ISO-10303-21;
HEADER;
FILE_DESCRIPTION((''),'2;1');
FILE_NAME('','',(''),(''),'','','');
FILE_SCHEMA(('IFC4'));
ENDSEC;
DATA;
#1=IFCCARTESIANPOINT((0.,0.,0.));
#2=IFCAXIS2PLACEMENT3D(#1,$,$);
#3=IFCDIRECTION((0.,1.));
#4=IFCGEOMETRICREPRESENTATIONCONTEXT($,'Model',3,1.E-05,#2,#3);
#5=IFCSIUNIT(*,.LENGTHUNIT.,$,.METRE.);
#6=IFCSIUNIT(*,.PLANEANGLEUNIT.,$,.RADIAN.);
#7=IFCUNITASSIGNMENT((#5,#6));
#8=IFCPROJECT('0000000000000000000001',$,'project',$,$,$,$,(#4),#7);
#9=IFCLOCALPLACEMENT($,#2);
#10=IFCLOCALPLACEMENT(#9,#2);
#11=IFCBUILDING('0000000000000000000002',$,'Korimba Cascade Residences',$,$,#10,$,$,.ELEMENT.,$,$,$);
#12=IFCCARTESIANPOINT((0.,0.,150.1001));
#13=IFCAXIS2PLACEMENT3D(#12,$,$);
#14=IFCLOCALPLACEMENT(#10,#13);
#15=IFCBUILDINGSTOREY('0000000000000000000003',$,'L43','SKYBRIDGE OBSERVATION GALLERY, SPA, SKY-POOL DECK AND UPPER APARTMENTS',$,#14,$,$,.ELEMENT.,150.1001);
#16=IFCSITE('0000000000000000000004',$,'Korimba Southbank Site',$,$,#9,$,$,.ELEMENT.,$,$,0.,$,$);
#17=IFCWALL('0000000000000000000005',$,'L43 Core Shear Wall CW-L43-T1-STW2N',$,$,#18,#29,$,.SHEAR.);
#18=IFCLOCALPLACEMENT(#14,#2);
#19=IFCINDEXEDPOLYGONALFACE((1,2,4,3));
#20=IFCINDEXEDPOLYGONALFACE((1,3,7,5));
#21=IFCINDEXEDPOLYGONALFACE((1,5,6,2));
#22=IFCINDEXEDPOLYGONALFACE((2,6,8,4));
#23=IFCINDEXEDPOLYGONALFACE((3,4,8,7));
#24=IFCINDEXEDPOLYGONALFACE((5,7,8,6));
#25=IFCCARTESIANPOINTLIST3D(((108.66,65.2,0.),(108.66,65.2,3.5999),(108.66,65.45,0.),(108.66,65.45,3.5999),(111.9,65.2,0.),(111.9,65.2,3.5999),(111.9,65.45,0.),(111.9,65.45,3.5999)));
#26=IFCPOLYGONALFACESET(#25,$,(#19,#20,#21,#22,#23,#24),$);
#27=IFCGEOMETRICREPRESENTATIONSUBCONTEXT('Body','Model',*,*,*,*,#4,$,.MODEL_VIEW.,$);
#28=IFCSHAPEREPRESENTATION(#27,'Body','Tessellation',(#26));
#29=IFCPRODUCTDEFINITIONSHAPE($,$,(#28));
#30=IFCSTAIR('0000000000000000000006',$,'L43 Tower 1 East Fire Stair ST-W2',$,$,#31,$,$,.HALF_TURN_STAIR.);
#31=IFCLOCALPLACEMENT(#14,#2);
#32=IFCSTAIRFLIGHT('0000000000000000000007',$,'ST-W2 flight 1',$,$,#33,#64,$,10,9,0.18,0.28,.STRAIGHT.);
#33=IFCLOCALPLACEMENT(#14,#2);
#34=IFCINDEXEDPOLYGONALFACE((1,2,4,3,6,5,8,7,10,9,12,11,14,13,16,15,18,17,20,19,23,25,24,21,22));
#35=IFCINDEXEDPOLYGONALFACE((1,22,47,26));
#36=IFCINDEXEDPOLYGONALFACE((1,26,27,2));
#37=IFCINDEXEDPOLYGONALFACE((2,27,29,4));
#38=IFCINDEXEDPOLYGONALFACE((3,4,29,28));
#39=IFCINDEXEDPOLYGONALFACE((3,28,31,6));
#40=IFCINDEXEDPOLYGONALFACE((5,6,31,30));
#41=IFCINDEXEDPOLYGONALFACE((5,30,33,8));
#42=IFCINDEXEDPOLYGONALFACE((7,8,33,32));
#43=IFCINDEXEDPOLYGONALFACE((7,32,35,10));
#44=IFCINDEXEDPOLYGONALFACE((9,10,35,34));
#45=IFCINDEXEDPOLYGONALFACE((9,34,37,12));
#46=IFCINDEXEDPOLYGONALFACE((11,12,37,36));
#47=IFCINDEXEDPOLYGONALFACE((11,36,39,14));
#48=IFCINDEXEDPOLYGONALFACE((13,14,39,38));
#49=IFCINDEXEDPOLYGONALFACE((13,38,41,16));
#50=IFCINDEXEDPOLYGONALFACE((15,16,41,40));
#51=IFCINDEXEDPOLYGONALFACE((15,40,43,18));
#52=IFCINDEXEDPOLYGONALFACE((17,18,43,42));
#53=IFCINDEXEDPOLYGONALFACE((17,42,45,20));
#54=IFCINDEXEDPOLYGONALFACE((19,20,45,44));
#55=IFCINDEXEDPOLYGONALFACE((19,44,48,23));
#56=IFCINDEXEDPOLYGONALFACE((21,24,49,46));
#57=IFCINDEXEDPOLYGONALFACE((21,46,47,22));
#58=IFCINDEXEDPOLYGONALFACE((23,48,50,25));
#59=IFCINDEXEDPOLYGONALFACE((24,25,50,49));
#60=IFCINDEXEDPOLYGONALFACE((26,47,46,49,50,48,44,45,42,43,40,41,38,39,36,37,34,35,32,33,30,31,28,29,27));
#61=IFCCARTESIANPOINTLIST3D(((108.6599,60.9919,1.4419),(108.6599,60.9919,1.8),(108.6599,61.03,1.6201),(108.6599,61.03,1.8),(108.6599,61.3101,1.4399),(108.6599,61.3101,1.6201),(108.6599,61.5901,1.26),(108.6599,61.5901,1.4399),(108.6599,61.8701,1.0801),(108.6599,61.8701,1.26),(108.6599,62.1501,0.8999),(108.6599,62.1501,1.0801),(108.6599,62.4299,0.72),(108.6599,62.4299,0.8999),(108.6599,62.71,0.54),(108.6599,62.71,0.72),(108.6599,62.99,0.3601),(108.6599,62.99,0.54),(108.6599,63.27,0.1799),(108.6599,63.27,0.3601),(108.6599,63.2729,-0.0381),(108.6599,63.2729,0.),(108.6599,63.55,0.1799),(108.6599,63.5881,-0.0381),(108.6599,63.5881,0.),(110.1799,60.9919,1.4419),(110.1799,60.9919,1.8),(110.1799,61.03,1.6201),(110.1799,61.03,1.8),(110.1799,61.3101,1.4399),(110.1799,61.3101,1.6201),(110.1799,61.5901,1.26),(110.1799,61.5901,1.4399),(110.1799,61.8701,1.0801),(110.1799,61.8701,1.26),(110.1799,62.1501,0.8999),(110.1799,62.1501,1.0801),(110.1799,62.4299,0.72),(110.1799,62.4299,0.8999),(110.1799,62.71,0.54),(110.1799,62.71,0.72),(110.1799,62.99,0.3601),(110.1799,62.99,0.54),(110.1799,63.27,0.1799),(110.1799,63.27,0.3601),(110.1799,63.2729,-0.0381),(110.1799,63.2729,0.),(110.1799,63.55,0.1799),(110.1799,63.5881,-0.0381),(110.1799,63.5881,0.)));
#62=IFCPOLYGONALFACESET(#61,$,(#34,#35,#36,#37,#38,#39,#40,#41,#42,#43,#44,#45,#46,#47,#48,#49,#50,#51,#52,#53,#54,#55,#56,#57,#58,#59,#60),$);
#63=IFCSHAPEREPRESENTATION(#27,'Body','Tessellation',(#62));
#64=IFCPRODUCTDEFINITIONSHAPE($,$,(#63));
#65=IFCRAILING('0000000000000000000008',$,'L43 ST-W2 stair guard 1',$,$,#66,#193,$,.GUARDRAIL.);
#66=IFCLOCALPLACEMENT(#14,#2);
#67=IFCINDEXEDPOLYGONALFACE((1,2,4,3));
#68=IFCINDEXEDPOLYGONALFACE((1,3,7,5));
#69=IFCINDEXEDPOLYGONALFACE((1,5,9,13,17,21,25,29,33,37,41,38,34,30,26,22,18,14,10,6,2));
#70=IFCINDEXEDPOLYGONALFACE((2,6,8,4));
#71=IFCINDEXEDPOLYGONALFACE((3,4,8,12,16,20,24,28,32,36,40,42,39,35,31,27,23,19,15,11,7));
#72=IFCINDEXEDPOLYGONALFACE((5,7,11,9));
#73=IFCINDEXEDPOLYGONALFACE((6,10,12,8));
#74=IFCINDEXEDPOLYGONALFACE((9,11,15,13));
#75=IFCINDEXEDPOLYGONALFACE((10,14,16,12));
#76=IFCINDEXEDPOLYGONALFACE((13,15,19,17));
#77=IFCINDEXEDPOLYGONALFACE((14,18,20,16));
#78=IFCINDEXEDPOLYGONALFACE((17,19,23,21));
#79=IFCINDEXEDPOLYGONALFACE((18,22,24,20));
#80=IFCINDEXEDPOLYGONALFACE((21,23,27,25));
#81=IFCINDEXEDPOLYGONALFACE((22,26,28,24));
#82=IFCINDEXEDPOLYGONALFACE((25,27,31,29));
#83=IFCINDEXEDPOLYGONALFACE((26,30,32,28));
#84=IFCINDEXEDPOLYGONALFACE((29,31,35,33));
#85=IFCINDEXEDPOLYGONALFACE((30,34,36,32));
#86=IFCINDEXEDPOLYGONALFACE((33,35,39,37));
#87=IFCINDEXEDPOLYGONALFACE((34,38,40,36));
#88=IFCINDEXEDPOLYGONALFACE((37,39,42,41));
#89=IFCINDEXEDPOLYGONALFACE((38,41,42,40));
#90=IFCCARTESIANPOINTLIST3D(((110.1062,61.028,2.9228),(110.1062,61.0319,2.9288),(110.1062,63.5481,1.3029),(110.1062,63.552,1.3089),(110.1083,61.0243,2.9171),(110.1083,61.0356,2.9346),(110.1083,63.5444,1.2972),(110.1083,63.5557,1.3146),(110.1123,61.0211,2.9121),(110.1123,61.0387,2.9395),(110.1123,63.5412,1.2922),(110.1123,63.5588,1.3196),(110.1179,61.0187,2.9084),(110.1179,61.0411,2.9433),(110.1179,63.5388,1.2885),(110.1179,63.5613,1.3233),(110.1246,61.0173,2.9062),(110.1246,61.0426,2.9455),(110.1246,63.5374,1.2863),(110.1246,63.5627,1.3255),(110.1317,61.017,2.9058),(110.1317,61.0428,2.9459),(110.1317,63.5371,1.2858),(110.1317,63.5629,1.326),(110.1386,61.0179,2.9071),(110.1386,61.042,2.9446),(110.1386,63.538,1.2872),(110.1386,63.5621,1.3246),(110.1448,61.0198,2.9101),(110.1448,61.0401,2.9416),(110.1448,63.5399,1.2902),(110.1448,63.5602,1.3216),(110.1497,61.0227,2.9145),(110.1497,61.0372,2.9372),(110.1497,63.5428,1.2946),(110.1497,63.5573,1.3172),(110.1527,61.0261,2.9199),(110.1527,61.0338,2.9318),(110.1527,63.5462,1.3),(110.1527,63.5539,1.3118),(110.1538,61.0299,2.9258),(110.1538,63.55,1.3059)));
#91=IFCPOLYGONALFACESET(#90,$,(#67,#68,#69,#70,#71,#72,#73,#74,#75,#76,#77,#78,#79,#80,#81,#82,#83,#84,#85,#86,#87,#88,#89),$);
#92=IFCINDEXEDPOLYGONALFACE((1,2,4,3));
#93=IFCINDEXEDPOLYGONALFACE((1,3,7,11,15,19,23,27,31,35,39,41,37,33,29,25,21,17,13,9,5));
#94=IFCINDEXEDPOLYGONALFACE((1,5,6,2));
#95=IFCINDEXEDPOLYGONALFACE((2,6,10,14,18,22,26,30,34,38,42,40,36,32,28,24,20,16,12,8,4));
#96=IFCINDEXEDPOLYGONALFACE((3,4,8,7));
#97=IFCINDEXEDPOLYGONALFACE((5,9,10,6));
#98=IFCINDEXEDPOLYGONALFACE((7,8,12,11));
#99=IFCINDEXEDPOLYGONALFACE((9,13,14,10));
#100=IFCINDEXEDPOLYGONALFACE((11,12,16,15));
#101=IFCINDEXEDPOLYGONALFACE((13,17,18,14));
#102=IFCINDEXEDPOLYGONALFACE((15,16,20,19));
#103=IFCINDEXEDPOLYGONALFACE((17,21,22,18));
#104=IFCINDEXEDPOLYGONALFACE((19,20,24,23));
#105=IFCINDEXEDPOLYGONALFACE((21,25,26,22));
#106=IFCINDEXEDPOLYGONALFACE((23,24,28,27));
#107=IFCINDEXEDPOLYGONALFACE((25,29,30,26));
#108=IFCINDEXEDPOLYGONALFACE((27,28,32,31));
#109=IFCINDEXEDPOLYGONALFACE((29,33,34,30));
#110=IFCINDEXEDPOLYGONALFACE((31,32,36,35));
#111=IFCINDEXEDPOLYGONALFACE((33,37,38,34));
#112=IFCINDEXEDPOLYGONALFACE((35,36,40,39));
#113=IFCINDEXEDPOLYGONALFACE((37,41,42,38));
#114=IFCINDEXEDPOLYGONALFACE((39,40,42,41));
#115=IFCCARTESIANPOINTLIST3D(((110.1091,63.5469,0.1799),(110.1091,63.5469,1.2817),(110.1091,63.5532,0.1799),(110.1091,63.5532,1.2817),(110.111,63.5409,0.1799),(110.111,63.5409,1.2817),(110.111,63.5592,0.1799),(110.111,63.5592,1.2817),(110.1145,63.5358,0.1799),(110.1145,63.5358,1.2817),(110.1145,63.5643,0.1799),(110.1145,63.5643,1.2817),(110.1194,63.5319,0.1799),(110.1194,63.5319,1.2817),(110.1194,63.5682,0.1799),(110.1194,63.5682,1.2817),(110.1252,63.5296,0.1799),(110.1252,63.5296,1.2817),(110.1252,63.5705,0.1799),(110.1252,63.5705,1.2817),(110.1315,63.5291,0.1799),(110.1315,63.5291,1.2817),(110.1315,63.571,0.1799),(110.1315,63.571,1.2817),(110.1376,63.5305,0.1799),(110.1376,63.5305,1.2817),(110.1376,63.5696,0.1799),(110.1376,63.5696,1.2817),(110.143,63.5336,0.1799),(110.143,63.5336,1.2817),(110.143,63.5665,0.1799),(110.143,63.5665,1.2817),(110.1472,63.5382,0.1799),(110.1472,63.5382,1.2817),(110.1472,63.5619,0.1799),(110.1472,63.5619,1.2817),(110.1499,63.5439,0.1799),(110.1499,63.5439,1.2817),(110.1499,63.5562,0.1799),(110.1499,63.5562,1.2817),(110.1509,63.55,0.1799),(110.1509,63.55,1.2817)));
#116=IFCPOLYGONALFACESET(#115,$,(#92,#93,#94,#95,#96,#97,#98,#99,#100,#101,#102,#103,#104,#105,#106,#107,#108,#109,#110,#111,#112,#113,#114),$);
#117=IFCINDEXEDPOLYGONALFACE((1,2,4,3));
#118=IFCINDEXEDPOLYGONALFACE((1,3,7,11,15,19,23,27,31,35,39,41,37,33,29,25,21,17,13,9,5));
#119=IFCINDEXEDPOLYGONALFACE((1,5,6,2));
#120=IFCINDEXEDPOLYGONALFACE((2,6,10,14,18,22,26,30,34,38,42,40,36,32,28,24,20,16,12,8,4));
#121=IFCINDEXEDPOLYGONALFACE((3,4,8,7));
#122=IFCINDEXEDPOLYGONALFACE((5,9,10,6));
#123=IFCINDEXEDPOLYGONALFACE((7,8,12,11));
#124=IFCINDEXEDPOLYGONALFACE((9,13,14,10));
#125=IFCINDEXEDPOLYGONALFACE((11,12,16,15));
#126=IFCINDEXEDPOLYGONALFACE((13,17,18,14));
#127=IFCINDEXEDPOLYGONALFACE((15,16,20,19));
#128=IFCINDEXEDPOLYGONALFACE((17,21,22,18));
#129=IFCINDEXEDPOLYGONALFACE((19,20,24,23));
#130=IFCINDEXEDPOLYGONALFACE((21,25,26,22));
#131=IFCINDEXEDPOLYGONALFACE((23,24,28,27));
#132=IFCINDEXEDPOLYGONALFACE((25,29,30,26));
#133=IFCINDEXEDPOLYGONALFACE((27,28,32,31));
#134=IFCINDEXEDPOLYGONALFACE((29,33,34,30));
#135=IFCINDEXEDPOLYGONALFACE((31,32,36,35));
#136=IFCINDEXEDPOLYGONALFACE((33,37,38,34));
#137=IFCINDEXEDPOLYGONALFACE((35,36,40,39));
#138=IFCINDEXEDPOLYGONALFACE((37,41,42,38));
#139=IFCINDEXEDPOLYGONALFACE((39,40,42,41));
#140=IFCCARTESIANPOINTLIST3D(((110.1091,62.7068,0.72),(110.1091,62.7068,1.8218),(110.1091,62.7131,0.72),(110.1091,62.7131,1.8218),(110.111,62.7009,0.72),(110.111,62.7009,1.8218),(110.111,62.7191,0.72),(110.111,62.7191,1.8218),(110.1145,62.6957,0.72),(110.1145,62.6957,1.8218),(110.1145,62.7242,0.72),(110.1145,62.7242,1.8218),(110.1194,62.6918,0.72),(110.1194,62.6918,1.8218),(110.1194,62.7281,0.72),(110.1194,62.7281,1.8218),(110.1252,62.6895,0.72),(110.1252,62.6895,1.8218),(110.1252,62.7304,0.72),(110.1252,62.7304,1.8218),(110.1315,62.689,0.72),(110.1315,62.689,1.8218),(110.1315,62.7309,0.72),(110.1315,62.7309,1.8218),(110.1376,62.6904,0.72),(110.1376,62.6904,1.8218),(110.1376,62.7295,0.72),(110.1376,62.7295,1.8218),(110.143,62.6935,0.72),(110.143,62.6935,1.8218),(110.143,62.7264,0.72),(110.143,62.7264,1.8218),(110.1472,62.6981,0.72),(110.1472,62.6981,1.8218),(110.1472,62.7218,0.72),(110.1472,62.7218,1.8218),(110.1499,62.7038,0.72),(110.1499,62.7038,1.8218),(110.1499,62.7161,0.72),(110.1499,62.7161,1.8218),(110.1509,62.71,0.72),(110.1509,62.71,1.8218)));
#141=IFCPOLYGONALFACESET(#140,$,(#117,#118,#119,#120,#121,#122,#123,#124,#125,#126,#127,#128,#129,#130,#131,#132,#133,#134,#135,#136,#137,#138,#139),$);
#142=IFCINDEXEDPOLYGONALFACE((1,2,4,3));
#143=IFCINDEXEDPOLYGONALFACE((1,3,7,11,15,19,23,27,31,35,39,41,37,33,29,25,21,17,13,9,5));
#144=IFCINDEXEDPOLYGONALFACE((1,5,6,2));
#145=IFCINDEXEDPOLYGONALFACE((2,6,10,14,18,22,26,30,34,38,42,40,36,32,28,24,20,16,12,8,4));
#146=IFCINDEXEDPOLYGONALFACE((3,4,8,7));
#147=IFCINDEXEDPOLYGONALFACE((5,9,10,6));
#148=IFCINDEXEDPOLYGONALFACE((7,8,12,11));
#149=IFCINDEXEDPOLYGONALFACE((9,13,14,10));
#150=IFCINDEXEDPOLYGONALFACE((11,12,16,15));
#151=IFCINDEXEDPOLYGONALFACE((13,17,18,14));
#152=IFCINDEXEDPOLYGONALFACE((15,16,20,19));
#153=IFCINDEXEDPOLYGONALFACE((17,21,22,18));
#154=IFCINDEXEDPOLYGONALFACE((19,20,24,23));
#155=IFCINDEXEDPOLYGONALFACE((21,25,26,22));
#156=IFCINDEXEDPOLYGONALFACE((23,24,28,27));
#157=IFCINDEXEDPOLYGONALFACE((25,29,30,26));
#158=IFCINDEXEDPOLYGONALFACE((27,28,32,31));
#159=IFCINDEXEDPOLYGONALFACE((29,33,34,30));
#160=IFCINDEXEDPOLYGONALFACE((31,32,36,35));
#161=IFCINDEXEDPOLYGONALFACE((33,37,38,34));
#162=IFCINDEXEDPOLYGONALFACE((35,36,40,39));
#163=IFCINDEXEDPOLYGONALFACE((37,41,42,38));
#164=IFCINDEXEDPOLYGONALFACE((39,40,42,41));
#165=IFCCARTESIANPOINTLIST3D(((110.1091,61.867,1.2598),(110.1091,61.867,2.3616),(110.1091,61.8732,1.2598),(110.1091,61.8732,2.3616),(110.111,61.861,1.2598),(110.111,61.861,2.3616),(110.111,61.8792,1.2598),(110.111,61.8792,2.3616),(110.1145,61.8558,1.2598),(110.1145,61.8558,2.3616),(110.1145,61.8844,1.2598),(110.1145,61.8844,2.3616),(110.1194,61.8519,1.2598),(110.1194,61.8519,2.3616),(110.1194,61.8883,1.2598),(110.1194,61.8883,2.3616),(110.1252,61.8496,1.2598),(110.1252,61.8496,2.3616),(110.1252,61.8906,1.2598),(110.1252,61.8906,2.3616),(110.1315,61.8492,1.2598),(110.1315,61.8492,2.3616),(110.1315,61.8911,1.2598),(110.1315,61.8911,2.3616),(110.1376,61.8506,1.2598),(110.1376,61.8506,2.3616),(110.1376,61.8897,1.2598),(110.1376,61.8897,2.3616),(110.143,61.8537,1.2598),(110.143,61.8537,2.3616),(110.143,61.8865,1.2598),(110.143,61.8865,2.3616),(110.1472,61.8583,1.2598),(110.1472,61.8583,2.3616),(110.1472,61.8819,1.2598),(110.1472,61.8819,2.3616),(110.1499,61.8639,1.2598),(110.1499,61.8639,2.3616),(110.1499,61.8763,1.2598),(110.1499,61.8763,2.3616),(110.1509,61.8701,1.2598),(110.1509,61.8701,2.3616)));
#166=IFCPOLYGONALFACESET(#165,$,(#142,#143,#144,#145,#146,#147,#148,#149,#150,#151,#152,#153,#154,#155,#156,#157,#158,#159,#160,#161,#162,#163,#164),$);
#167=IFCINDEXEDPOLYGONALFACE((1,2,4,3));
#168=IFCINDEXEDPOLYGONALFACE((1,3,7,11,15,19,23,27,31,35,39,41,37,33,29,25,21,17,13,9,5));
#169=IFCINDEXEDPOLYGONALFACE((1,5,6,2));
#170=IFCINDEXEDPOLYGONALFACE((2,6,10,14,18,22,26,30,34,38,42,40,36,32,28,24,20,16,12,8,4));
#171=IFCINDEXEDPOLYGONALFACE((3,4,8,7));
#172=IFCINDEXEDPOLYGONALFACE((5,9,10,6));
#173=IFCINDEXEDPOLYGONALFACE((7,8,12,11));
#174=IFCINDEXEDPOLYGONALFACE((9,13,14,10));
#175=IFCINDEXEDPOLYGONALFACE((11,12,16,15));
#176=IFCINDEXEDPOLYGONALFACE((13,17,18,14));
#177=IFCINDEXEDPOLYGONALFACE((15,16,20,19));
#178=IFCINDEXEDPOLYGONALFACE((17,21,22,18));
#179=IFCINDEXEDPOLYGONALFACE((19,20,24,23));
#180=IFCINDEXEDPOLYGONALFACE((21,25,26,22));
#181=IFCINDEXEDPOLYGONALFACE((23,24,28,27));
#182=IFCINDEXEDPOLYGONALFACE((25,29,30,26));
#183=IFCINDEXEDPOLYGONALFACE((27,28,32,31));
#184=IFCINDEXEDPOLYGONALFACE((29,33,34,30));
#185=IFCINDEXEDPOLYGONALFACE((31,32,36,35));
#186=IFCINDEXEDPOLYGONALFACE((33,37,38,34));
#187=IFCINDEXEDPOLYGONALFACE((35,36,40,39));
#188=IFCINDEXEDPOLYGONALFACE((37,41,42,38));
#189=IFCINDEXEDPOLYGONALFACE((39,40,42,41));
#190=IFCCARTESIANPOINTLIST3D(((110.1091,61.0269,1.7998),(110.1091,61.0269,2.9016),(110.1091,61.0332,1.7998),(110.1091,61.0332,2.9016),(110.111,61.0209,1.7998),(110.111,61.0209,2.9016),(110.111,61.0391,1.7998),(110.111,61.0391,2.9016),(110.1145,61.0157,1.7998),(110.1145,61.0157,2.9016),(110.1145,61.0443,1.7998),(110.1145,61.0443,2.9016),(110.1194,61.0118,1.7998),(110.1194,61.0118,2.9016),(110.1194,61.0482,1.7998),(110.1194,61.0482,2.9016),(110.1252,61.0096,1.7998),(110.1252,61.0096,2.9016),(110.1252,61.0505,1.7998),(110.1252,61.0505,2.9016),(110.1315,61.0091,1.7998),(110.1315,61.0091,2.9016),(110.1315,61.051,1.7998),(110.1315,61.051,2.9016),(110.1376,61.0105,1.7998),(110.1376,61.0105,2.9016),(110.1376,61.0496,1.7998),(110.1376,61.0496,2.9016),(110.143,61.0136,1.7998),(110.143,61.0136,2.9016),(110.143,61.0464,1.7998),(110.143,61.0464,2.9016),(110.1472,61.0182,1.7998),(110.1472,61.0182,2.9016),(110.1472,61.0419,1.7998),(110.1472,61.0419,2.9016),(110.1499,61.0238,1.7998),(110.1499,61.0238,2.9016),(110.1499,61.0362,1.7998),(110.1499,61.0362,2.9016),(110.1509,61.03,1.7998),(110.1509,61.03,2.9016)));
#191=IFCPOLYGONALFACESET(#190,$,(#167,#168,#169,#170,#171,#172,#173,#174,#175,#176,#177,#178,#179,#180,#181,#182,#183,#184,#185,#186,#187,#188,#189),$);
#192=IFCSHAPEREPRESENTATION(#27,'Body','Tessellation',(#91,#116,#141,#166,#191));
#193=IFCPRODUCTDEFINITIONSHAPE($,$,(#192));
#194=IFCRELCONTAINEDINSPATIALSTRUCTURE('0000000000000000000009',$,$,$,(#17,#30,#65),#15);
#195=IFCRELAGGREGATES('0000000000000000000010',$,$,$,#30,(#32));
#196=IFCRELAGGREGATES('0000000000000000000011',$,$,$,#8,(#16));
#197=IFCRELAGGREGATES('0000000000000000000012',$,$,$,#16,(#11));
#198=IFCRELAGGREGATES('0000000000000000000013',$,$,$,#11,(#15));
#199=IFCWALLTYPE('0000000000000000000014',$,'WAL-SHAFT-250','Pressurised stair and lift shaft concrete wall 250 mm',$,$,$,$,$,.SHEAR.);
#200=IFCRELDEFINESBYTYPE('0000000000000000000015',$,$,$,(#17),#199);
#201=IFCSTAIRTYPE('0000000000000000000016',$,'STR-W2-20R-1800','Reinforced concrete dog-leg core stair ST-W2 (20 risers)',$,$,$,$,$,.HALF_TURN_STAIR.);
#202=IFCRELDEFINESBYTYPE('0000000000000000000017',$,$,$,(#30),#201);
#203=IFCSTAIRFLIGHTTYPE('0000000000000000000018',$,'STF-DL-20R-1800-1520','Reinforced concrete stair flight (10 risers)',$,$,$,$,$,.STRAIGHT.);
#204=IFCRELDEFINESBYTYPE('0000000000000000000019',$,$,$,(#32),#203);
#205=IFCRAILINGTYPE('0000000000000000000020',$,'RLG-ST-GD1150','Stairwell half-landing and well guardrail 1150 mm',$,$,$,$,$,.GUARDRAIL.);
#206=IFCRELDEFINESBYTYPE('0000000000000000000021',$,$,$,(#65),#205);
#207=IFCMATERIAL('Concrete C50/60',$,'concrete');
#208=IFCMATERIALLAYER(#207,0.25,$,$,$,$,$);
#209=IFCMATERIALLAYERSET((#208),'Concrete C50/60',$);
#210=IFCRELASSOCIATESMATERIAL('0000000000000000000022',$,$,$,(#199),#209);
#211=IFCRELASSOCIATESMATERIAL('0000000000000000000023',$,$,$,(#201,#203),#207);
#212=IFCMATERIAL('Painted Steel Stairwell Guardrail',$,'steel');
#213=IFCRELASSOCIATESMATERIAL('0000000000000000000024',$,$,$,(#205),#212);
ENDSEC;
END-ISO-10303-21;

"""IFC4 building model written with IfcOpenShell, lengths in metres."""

from ifc_helpers import new_model, si_unit, direction, frame, frame_2d, origin, origin_2d, place, context, subcontext, project, spatial, polyline, rectangle, circle, outline, extrude, material, layer, layer_set, type_object, element, aggregate, save


model = new_model("IFC4")

# Units and contexts
model_context = context("Model", 3, precision=1e-05, world=origin(), true_north=direction((0.0, 1.0)))
body_context = subcontext(model_context, "Body", "Model", "MODEL_VIEW")
ifc_project = project(units=[si_unit("LENGTHUNIT", "METRE"), si_unit("PLANEANGLEUNIT", "RADIAN")], contexts=[model_context])

# Site, building, storey
site_placement = place(None, origin())
site = spatial("IfcSite", under=ifc_project, at=site_placement, Name="Korimba Southbank Site", CompositionType="ELEMENT", RefElevation=0.0)
building_placement = place(site_placement, origin())
building = spatial("IfcBuilding", under=site, at=building_placement, Name="Korimba Cascade Residences", CompositionType="ELEMENT")
storey_placement = place(building_placement, frame((0.0, 0.0, 150.1001)))
storey = spatial("IfcBuildingStorey", under=building, at=storey_placement, Name="L43", Description="SKYBRIDGE OBSERVATION GALLERY, SPA, SKY-POOL DECK AND UPPER APARTMENTS", CompositionType="ELEMENT", Elevation=150.1001)

# Wall
ifc_material_1 = material(Name="Concrete C50/60", Category="concrete")
ifc_layer_1 = layer(ifc_material_1, 0.25)
ifc_layer_set_1 = layer_set([ifc_layer_1], Name="Concrete C50/60")
wall_type_1 = type_object("IfcWallType", Name="WAL-SHAFT-250", Description="Pressurised stair and lift shaft concrete wall 250 mm", PredefinedType="SHEAR", material=ifc_layer_set_1)
wall_1_placement = place(storey_placement, frame((108.6599, 65.325, 0.0), z_axis=(0.0, 0.0, 1.0), x_axis=(1.0, 0.0, 0.0)))
element("IfcWall", 1, at=wall_1_placement, inside=storey, type_object=wall_type_1, Name="L43 Core Shear Wall CW-L43-T1-STW2N", PredefinedType="SHEAR", context=body_context, shape_type="SweptSolid", body=[
    extrude(rectangle(XDim=3.24, YDim=0.25, at=frame_2d((1.6201, 0.0))), origin(), (0.0, 0.0, 1.0), 3.5999),
])

# Stair, stair flight
stair_type = type_object("IfcStairType", Name="STR-W2-20R-1800", Description="Reinforced concrete dog-leg core stair ST-W2 (20 risers)", PredefinedType="HALF_TURN_STAIR", material=ifc_material_1)
stair_placement = place(storey_placement, origin())
stair = element("IfcStair", 2, at=stair_placement, inside=storey, type_object=stair_type, Name="L43 Tower 1 East Fire Stair ST-W2", PredefinedType="HALF_TURN_STAIR")
stair_flight_type = type_object("IfcStairFlightType", Name="STF-DL-20R-1800-1520", Description="Reinforced concrete stair flight (10 risers)", PredefinedType="STRAIGHT", material=ifc_material_1)
stair_flight_placement = place(storey_placement, frame((109.4199, 63.55, 0.0), z_axis=(0.0, 0.0, 1.0), x_axis=(0.0, -1.0, 0.0)))
stair_flight = element("IfcStairFlight", 3, at=stair_flight_placement, type_object=stair_flight_type, Name="ST-W2 flight 1", NumberOfRisers=10, NumberOfTreads=9, PredefinedType="STRAIGHT", RiserHeight=0.18, TreadLength=0.28, context=body_context, shape_type="SweptSolid", body=[
    extrude(outline(polyline([(-0.0381, 0.0), (0.0, 0.1799), (0.28, 0.1799), (0.28, 0.3601), (0.5601, 0.3601), (0.5601, 0.54), (0.8401, 0.54), (0.8401, 0.72), (1.1201, 0.72), (1.1201, 0.8999), (1.3999, 0.8999), (1.3999, 1.0801), (1.6799, 1.0801), (1.6799, 1.26), (1.96, 1.26), (1.96, 1.4399), (2.24, 1.4399), (2.24, 1.6201), (2.52, 1.6201), (2.52, 1.8), (2.5581, 1.8), (2.5581, 1.4419), (0.2771, 0.0), (0.2771, -0.0381), (-0.0381, -0.0381), (-0.0381, 0.0)])), frame((0.0, 0.76, 0.0), z_axis=(0.0, -1.0, 0.0), x_axis=(1.0, 0.0, 0.0)), (0.0, 0.0, 1.0), 1.52),
])
aggregate(stair, [stair_flight])

# Railing
ifc_material_2 = material(Name="Painted Steel Stairwell Guardrail", Category="steel")
railing_type_1 = type_object("IfcRailingType", Name="RLG-ST-GD1150", Description="Stairwell half-landing and well guardrail 1150 mm", PredefinedType="GUARDRAIL", material=ifc_material_2)
railing_1_placement = place(storey_placement, frame((110.1299, 63.55, 0.1799)))
element("IfcRailing", 4, at=railing_1_placement, inside=storey, type_object=railing_type_1, Name="L43 ST-W2 stair guard 1", PredefinedType="GUARDRAIL", context=body_context, shape_type="SweptSolid", body=[
    extrude(circle(Radius=0.0239, at=origin_2d()), frame((0.0, 0.0, 1.126), z_axis=(0.0, -0.8412, 0.540725), x_axis=(1.0, 0.0, 0.0)), (0.0, 0.0, 1.0), 2.9958),
    extrude(circle(Radius=0.021, at=origin_2d()), origin(), (0.0, 0.0, 1.0), 1.1018),
    extrude(circle(Radius=0.021, at=origin_2d()), frame((0.0, -0.8401, 0.54)), (0.0, 0.0, 1.0), 1.1018),
    extrude(circle(Radius=0.021, at=origin_2d()), frame((0.0, -1.6799, 1.0798)), (0.0, 0.0, 1.0), 1.1018),
    extrude(circle(Radius=0.021, at=origin_2d()), frame((0.0, -2.52, 1.6199)), (0.0, 0.0, 1.0), 1.1018),
])

save(model, "model.ifc")
